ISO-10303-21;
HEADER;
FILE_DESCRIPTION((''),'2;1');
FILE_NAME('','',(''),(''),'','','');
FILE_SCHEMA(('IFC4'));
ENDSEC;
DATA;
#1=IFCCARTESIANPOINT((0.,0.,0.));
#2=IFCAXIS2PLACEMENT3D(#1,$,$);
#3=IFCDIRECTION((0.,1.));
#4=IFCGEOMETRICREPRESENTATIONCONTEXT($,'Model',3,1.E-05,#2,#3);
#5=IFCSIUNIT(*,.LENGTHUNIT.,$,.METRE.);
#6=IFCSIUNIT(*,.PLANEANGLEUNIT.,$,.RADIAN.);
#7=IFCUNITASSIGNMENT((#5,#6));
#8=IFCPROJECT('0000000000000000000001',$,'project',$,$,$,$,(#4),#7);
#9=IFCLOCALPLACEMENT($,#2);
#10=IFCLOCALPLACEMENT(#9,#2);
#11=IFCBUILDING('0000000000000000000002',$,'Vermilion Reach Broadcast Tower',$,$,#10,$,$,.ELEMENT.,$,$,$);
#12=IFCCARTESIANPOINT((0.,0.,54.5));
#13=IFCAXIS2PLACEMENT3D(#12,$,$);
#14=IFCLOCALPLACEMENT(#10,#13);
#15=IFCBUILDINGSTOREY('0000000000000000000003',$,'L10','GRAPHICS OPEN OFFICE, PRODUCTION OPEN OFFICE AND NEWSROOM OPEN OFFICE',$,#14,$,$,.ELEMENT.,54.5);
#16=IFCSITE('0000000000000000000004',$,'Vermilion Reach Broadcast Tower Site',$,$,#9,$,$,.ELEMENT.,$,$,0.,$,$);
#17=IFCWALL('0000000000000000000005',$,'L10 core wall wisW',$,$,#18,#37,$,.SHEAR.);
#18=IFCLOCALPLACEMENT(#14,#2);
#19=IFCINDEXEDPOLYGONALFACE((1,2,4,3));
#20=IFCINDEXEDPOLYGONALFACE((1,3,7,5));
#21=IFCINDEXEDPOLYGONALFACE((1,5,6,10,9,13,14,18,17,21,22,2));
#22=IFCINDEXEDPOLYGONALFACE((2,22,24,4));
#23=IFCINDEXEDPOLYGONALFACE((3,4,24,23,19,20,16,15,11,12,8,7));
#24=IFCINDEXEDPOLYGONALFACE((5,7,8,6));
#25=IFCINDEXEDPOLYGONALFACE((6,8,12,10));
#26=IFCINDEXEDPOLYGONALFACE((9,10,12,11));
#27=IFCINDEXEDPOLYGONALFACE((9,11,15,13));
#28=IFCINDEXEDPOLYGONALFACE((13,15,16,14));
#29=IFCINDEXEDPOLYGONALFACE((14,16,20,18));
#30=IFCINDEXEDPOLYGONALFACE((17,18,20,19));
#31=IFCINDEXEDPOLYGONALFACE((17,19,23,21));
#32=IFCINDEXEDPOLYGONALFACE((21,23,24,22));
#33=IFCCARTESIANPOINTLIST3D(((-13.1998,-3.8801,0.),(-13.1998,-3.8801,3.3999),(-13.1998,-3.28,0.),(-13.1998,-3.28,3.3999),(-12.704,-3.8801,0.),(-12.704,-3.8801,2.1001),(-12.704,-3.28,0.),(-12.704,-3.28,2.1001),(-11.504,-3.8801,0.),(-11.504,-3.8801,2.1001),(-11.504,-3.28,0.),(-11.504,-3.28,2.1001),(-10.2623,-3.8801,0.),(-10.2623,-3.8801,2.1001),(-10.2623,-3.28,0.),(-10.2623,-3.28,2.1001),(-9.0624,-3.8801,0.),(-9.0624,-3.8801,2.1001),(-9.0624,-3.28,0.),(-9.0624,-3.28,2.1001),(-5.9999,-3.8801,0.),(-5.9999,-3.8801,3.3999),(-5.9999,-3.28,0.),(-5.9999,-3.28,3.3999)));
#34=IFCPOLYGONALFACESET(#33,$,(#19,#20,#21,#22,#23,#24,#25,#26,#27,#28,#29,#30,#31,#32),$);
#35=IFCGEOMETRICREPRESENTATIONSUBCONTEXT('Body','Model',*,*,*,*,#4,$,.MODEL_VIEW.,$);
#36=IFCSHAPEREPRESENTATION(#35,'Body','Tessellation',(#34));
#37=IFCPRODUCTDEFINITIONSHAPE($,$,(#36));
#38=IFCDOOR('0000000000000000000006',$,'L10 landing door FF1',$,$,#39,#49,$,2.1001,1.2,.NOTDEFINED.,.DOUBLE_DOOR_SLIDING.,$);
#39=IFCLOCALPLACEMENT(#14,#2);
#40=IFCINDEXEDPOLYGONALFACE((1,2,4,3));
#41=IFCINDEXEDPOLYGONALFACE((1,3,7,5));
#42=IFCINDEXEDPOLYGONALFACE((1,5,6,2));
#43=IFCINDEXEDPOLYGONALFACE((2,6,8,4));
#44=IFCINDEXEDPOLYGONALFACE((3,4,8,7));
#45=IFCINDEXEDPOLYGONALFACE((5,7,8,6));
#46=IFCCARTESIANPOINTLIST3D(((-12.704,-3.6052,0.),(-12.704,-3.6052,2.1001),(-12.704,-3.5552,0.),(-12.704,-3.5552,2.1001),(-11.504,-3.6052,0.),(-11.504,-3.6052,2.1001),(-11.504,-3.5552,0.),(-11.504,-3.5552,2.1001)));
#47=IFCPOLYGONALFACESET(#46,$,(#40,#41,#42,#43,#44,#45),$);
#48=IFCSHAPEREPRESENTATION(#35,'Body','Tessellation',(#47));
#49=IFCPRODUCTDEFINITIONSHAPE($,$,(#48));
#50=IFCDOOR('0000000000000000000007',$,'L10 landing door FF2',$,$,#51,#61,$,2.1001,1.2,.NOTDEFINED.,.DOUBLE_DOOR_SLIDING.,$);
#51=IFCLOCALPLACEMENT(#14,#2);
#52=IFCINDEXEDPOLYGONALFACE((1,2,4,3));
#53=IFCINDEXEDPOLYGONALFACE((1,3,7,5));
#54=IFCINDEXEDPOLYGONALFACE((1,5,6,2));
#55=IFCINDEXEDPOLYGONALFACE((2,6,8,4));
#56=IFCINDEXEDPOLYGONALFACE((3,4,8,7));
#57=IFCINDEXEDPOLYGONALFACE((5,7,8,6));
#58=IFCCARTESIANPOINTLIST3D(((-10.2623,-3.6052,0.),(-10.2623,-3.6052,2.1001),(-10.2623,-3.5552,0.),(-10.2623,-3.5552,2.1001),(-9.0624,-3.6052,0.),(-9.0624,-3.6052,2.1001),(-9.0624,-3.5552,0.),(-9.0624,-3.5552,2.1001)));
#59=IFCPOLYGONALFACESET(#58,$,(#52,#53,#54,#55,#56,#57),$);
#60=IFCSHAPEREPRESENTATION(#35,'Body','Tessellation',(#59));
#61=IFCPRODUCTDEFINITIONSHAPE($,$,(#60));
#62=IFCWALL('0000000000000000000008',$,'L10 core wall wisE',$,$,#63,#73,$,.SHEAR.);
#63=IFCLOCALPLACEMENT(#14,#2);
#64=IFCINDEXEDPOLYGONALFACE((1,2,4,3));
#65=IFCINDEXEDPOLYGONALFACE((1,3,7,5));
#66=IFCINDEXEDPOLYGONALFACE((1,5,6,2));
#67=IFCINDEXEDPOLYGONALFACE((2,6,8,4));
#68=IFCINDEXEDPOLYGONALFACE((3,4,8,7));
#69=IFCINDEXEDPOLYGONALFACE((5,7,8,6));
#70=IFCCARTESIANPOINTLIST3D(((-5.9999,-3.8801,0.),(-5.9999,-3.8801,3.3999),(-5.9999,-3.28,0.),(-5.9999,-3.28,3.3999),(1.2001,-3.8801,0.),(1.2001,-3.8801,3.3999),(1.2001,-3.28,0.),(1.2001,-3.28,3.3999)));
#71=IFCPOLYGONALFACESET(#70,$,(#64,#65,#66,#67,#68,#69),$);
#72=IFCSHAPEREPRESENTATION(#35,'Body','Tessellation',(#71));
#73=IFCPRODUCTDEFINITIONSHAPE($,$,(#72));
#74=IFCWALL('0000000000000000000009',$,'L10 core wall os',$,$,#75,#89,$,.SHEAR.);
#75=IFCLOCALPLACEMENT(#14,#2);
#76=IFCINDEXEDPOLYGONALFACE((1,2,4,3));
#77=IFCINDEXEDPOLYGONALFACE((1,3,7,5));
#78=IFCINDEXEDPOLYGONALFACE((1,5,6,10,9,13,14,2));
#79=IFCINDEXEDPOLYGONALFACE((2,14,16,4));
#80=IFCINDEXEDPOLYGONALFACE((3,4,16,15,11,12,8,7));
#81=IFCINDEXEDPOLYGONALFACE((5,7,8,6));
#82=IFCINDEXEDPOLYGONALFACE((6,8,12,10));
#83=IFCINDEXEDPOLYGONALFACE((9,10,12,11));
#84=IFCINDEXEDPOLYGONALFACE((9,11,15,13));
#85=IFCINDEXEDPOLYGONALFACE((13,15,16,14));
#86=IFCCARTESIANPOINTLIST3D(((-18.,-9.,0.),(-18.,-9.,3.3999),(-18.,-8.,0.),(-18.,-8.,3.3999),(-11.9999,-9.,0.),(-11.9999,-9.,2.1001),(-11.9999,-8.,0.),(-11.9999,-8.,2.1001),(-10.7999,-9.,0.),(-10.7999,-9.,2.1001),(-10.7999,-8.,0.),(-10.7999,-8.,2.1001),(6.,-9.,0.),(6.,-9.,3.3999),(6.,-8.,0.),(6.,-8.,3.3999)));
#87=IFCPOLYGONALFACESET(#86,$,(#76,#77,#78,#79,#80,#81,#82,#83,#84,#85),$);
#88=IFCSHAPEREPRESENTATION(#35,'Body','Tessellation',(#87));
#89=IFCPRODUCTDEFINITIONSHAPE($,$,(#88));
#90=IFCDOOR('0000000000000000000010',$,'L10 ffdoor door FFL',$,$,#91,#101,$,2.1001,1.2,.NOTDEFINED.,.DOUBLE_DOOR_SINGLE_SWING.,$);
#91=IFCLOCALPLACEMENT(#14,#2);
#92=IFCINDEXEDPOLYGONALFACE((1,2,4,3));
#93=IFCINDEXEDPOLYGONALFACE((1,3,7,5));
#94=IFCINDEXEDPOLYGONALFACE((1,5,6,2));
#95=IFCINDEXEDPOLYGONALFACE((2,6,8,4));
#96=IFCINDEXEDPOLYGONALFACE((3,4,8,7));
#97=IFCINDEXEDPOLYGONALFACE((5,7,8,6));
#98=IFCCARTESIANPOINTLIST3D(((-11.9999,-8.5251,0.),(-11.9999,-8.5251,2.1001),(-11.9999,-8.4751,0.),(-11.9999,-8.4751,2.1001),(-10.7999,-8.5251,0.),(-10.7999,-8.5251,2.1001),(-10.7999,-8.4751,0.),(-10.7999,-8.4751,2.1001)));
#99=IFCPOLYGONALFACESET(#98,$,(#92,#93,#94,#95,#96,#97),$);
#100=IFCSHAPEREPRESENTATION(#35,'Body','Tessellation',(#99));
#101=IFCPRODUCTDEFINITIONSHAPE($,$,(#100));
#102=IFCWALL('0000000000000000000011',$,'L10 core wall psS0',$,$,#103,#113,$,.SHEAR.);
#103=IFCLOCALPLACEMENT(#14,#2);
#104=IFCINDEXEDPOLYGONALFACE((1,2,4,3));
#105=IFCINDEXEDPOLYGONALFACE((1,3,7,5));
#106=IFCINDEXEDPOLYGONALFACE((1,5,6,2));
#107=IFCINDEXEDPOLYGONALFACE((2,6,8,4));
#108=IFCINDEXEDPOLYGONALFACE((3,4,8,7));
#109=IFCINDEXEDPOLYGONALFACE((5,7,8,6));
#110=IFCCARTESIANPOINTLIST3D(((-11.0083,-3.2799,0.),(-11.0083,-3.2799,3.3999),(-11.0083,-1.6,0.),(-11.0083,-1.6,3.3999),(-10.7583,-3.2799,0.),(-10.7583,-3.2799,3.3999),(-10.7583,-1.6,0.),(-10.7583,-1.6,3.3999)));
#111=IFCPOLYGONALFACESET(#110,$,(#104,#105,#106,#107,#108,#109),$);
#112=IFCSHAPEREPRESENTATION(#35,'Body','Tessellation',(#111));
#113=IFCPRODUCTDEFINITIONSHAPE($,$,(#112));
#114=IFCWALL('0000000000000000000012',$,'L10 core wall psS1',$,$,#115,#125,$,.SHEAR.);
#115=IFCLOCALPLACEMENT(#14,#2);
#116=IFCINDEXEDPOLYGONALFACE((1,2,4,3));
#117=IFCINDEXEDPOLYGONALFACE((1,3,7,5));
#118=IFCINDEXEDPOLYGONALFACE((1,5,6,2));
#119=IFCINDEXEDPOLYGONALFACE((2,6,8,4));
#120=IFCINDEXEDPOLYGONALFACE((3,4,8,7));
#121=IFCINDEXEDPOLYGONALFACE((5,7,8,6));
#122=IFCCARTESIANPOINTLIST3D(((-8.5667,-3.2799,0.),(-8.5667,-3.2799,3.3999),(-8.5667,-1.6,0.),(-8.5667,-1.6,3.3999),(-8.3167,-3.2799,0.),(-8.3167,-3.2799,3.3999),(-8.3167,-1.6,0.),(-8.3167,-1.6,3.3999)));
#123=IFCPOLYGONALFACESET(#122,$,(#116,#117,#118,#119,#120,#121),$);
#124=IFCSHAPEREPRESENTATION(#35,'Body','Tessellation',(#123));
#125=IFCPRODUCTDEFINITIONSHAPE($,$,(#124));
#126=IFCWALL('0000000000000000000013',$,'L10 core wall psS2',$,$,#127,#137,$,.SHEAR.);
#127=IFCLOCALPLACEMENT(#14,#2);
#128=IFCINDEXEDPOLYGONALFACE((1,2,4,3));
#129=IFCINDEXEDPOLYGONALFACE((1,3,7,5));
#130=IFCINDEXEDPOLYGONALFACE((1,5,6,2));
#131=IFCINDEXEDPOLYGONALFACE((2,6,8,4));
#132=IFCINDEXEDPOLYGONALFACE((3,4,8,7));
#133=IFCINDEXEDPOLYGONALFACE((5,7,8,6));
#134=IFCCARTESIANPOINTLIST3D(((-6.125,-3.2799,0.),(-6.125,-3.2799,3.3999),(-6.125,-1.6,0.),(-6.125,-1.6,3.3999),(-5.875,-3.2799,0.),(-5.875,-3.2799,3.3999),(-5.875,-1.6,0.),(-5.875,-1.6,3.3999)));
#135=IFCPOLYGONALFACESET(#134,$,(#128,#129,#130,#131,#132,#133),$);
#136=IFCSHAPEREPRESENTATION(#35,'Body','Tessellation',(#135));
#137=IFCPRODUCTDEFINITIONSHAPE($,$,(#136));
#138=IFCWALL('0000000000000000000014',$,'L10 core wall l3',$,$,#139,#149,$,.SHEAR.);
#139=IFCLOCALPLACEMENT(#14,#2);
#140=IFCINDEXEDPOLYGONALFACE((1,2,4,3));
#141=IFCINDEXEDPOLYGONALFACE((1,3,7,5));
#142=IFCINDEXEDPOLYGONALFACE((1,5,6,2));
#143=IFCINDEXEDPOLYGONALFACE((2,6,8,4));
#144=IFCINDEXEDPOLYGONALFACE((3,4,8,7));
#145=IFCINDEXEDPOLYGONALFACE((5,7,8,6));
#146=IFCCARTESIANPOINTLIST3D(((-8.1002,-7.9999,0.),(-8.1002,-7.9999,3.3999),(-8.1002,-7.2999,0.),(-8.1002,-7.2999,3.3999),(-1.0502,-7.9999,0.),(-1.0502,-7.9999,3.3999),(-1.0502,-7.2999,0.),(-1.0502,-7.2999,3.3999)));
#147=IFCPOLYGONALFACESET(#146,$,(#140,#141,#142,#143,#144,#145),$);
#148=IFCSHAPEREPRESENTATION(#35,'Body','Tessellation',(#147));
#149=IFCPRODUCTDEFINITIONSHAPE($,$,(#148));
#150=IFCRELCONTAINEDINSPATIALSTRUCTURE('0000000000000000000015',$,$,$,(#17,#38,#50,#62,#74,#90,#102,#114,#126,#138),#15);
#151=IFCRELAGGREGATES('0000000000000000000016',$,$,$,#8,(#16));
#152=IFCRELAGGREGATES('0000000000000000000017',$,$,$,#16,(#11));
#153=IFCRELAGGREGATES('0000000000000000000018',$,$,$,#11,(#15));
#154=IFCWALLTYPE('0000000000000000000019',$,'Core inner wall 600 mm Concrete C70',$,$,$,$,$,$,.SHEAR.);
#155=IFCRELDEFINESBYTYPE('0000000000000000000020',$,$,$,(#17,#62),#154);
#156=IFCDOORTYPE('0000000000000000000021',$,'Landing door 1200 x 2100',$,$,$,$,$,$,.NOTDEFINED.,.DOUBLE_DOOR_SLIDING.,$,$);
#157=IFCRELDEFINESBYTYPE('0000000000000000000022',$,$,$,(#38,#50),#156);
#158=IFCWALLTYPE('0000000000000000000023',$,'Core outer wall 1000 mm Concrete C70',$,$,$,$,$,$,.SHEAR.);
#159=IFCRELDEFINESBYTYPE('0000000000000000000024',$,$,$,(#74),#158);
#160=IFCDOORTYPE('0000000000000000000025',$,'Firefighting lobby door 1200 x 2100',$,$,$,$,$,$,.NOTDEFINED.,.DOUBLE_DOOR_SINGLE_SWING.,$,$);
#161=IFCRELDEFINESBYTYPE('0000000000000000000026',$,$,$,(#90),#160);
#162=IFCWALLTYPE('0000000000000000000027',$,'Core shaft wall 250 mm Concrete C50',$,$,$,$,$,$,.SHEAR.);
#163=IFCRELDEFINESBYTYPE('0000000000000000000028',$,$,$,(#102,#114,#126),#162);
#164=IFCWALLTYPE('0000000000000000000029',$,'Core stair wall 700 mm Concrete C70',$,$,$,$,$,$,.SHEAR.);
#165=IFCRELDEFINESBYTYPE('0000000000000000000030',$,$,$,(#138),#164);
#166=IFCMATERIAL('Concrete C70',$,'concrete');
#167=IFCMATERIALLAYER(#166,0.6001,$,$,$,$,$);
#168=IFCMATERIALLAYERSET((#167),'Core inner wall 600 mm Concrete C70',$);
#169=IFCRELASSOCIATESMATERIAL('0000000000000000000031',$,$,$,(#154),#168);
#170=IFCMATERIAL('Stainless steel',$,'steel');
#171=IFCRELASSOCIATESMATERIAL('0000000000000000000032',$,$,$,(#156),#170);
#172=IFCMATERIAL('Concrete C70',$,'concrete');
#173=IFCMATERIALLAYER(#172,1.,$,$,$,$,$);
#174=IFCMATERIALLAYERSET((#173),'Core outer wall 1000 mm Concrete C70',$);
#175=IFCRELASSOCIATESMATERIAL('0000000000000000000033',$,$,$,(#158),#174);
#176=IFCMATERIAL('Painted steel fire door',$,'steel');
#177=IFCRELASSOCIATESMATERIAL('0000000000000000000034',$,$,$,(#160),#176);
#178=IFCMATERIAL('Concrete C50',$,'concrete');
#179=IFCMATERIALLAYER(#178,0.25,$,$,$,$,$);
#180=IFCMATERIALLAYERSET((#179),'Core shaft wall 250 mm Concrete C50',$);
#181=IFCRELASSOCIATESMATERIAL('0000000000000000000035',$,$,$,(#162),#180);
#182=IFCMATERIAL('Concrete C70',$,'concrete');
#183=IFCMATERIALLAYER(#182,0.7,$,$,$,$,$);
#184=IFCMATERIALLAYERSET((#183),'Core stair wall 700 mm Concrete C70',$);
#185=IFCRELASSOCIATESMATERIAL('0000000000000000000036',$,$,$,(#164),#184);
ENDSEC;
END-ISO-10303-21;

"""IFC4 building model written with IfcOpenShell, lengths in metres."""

from ifc_helpers import new_model, si_unit, direction, frame, frame_2d, origin, place, context, subcontext, project, spatial, rectangle, extrude, material, layer, layer_set, type_object, element, fill, save


model = new_model("IFC4")

# Units and contexts
model_context = context("Model", 3, precision=1e-05, world=origin(), true_north=direction((0.0, 1.0)))
body_context = subcontext(model_context, "Body", "Model", "MODEL_VIEW")
ifc_project = project(units=[si_unit("LENGTHUNIT", "METRE"), si_unit("PLANEANGLEUNIT", "RADIAN")], contexts=[model_context])

# Site, building, storey
site_placement = place(None, origin())
site = spatial("IfcSite", under=ifc_project, at=site_placement, Name="Vermilion Reach Broadcast Tower Site", CompositionType="ELEMENT", RefElevation=0.0)
building_placement = place(site_placement, origin())
building = spatial("IfcBuilding", under=site, at=building_placement, Name="Vermilion Reach Broadcast Tower", CompositionType="ELEMENT")
storey_placement = place(building_placement, frame((0.0, 0.0, 54.5)))
storey = spatial("IfcBuildingStorey", under=building, at=storey_placement, Name="L10", Description="GRAPHICS OPEN OFFICE, PRODUCTION OPEN OFFICE AND NEWSROOM OPEN OFFICE", CompositionType="ELEMENT", Elevation=54.5)

# Wall, openings, doors
ifc_material_1 = material(Name="Concrete C70", Category="concrete")
ifc_layer_1 = layer(ifc_material_1, 0.6001)
ifc_layer_set_1 = layer_set([ifc_layer_1], Name="Core inner wall 600 mm Concrete C70")
wall_type_1 = type_object("IfcWallType", Name="Core inner wall 600 mm Concrete C70", PredefinedType="SHEAR", material=ifc_layer_set_1)
wall_1_placement = place(storey_placement, frame((-13.2, -3.5801, 0.0), z_axis=(0.0, 0.0, 1.0), x_axis=(1.0, 0.0, 0.0)))
wall_1 = element("IfcWall", 1, at=wall_1_placement, inside=storey, type_object=wall_type_1, Name="L10 core wall wisW", PredefinedType="SHEAR", context=body_context, shape_type="SweptSolid", body=[
    extrude(rectangle(XDim=7.2, YDim=0.6001, at=frame_2d((3.6001, 0.0))), origin(), (0.0, 0.0, 1.0), 3.3999),
])
opening_1_placement = place(wall_1_placement, frame((0.4958, 0.0, 0.0)))
opening_1 = element("IfcOpeningElement", 2, at=opening_1_placement, cuts=wall_1, PredefinedType="OPENING", context=body_context, shape_type="SweptSolid", body=[
    extrude(rectangle(XDim=1.2, YDim=2.1001, at=frame_2d((0.6001, 1.05))), frame((0.0, 0.3101, 0.0), z_axis=(0.0, -1.0, 0.0), x_axis=(1.0, 0.0, 0.0)), (0.0, 0.0, 1.0), 0.6201),
])
opening_2_placement = place(wall_1_placement, frame((2.9375, 0.0, 0.0)))
opening_2 = element("IfcOpeningElement", 3, at=opening_2_placement, cuts=wall_1, PredefinedType="OPENING", context=body_context, shape_type="SweptSolid", body=[
    extrude(rectangle(XDim=1.2, YDim=2.1001, at=frame_2d((0.6001, 1.05))), frame((0.0, 0.3101, 0.0), z_axis=(0.0, -1.0, 0.0), x_axis=(1.0, 0.0, 0.0)), (0.0, 0.0, 1.0), 0.6201),
])
ifc_material_2 = material(Name="Stainless steel", Category="steel")
door_type_1 = type_object("IfcDoorType", Name="Landing door 1200 x 2100", OperationType="DOUBLE_DOOR_SLIDING", PredefinedType="NOTDEFINED", material=ifc_material_2)
door_1_placement = place(opening_1_placement, origin())
door_1 = element("IfcDoor", 4, at=door_1_placement, inside=storey, type_object=door_type_1, Name="L10 landing door FF1", OperationType="DOUBLE_DOOR_SLIDING", OverallHeight=2.1001, OverallWidth=1.2, PredefinedType="NOTDEFINED", context=body_context, shape_type="SweptSolid", body=[
    extrude(rectangle(XDim=1.2, YDim=2.1001, at=frame_2d((0.6001, 1.05))), frame((0.0, 0.0249, 0.0), z_axis=(0.0, -1.0, 0.0), x_axis=(1.0, 0.0, 0.0)), (0.0, 0.0, 1.0), 0.05),
])
fill(opening_1, door_1)
door_2_placement = place(opening_2_placement, origin())
door_2 = element("IfcDoor", 5, at=door_2_placement, inside=storey, type_object=door_type_1, Name="L10 landing door FF2", OperationType="DOUBLE_DOOR_SLIDING", OverallHeight=2.1001, OverallWidth=1.2, PredefinedType="NOTDEFINED", context=body_context, shape_type="SweptSolid", body=[
    extrude(rectangle(XDim=1.2, YDim=2.1001, at=frame_2d((0.6001, 1.05))), frame((0.0, 0.0249, 0.0), z_axis=(0.0, -1.0, 0.0), x_axis=(1.0, 0.0, 0.0)), (0.0, 0.0, 1.0), 0.05),
])
fill(opening_2, door_2)

# Wall
wall_2_placement = place(storey_placement, frame((-6.0, -3.5801, 0.0), z_axis=(0.0, 0.0, 1.0), x_axis=(1.0, 0.0, 0.0)))
element("IfcWall", 6, at=wall_2_placement, inside=storey, type_object=wall_type_1, Name="L10 core wall wisE", PredefinedType="SHEAR", context=body_context, shape_type="SweptSolid", body=[
    extrude(rectangle(XDim=7.2, YDim=0.6001, at=frame_2d((3.6001, 0.0))), origin(), (0.0, 0.0, 1.0), 3.3999),
])

# Wall, opening, door
ifc_material_3 = material(Name="Concrete C70", Category="concrete")
ifc_layer_2 = layer(ifc_material_3, 1.0)
ifc_layer_set_2 = layer_set([ifc_layer_2], Name="Core outer wall 1000 mm Concrete C70")
wall_type_2 = type_object("IfcWallType", Name="Core outer wall 1000 mm Concrete C70", PredefinedType="SHEAR", material=ifc_layer_set_2)
wall_3_placement = place(storey_placement, frame((-18.0, -8.5, 0.0), z_axis=(0.0, 0.0, 1.0), x_axis=(1.0, 0.0, 0.0)))
wall_3 = element("IfcWall", 7, at=wall_3_placement, inside=storey, type_object=wall_type_2, Name="L10 core wall os", PredefinedType="SHEAR", context=body_context, shape_type="SweptSolid", body=[
    extrude(rectangle(XDim=24.0, YDim=1.0, at=frame_2d((12.0, 0.0))), origin(), (0.0, 0.0, 1.0), 3.3999),
])
opening_3_placement = place(wall_3_placement, frame((6.0, 0.0, 0.0)))
opening_3 = element("IfcOpeningElement", 8, at=opening_3_placement, cuts=wall_3, PredefinedType="OPENING", context=body_context, shape_type="SweptSolid", body=[
    extrude(rectangle(XDim=1.2, YDim=2.1001, at=frame_2d((0.6001, 1.05))), frame((0.0, 0.51, 0.0), z_axis=(0.0, -1.0, 0.0), x_axis=(1.0, 0.0, 0.0)), (0.0, 0.0, 1.0), 1.02),
])
ifc_material_4 = material(Name="Painted steel fire door", Category="steel")
door_type_2 = type_object("IfcDoorType", Name="Firefighting lobby door 1200 x 2100", OperationType="DOUBLE_DOOR_SINGLE_SWING", PredefinedType="NOTDEFINED", material=ifc_material_4)
door_3_placement = place(opening_3_placement, origin())
door_3 = element("IfcDoor", 9, at=door_3_placement, inside=storey, type_object=door_type_2, Name="L10 ffdoor door FFL", OperationType="DOUBLE_DOOR_SINGLE_SWING", OverallHeight=2.1001, OverallWidth=1.2, PredefinedType="NOTDEFINED", context=body_context, shape_type="SweptSolid", body=[
    extrude(rectangle(XDim=1.2, YDim=2.1001, at=frame_2d((0.6001, 1.05))), frame((0.0, 0.0249, 0.0), z_axis=(0.0, -1.0, 0.0), x_axis=(1.0, 0.0, 0.0)), (0.0, 0.0, 1.0), 0.05),
])
fill(opening_3, door_3)

# Walls
ifc_material_5 = material(Name="Concrete C50", Category="concrete")
ifc_layer_3 = layer(ifc_material_5, 0.25)
ifc_layer_set_3 = layer_set([ifc_layer_3], Name="Core shaft wall 250 mm Concrete C50")
wall_type_3 = type_object("IfcWallType", Name="Core shaft wall 250 mm Concrete C50", PredefinedType="SHEAR", material=ifc_layer_set_3)
for number, where, z_axis, x_axis, name in (
    (10, (-10.8833, -1.6001, 0.0), (0.0, 0.0, 1.0), (0.0, -1.0, 0.0), "L10 core wall psS0"),
    (11, (-8.4417, -1.6001, 0.0), (0.0, 0.0, 1.0), (0.0, -1.0, 0.0), "L10 core wall psS1"),
    (12, (-6.0, -1.6001, 0.0), (0.0, 0.0, 1.0), (0.0, -1.0, 0.0), "L10 core wall psS2"),
):
    element("IfcWall", number, at=place(storey_placement, frame(where, z_axis=z_axis, x_axis=x_axis)), inside=storey, type_object=wall_type_3, Name=name, PredefinedType="SHEAR", context=body_context, shape_type="SweptSolid", body=[
        extrude(rectangle(XDim=1.6799, YDim=0.25, at=frame_2d((0.8398, 0.0))), origin(), (0.0, 0.0, 1.0), 3.3999),
    ])
ifc_material_6 = material(Name="Concrete C70", Category="concrete")
ifc_layer_4 = layer(ifc_material_6, 0.7)
ifc_layer_set_4 = layer_set([ifc_layer_4], Name="Core stair wall 700 mm Concrete C70")
wall_type_4 = type_object("IfcWallType", Name="Core stair wall 700 mm Concrete C70", PredefinedType="SHEAR", material=ifc_layer_set_4)
wall_4_placement = place(storey_placement, frame((-8.1001, -7.6499, 0.0), z_axis=(0.0, 0.0, 1.0), x_axis=(1.0, 0.0, 0.0)))
element("IfcWall", 13, at=wall_4_placement, inside=storey, type_object=wall_type_4, Name="L10 core wall l3", PredefinedType="SHEAR", context=body_context, shape_type="SweptSolid", body=[
    extrude(rectangle(XDim=7.05, YDim=0.7, at=frame_2d((3.5249, 0.0))), origin(), (0.0, 0.0, 1.0), 3.3999),
])

save(model, "model.ifc")
